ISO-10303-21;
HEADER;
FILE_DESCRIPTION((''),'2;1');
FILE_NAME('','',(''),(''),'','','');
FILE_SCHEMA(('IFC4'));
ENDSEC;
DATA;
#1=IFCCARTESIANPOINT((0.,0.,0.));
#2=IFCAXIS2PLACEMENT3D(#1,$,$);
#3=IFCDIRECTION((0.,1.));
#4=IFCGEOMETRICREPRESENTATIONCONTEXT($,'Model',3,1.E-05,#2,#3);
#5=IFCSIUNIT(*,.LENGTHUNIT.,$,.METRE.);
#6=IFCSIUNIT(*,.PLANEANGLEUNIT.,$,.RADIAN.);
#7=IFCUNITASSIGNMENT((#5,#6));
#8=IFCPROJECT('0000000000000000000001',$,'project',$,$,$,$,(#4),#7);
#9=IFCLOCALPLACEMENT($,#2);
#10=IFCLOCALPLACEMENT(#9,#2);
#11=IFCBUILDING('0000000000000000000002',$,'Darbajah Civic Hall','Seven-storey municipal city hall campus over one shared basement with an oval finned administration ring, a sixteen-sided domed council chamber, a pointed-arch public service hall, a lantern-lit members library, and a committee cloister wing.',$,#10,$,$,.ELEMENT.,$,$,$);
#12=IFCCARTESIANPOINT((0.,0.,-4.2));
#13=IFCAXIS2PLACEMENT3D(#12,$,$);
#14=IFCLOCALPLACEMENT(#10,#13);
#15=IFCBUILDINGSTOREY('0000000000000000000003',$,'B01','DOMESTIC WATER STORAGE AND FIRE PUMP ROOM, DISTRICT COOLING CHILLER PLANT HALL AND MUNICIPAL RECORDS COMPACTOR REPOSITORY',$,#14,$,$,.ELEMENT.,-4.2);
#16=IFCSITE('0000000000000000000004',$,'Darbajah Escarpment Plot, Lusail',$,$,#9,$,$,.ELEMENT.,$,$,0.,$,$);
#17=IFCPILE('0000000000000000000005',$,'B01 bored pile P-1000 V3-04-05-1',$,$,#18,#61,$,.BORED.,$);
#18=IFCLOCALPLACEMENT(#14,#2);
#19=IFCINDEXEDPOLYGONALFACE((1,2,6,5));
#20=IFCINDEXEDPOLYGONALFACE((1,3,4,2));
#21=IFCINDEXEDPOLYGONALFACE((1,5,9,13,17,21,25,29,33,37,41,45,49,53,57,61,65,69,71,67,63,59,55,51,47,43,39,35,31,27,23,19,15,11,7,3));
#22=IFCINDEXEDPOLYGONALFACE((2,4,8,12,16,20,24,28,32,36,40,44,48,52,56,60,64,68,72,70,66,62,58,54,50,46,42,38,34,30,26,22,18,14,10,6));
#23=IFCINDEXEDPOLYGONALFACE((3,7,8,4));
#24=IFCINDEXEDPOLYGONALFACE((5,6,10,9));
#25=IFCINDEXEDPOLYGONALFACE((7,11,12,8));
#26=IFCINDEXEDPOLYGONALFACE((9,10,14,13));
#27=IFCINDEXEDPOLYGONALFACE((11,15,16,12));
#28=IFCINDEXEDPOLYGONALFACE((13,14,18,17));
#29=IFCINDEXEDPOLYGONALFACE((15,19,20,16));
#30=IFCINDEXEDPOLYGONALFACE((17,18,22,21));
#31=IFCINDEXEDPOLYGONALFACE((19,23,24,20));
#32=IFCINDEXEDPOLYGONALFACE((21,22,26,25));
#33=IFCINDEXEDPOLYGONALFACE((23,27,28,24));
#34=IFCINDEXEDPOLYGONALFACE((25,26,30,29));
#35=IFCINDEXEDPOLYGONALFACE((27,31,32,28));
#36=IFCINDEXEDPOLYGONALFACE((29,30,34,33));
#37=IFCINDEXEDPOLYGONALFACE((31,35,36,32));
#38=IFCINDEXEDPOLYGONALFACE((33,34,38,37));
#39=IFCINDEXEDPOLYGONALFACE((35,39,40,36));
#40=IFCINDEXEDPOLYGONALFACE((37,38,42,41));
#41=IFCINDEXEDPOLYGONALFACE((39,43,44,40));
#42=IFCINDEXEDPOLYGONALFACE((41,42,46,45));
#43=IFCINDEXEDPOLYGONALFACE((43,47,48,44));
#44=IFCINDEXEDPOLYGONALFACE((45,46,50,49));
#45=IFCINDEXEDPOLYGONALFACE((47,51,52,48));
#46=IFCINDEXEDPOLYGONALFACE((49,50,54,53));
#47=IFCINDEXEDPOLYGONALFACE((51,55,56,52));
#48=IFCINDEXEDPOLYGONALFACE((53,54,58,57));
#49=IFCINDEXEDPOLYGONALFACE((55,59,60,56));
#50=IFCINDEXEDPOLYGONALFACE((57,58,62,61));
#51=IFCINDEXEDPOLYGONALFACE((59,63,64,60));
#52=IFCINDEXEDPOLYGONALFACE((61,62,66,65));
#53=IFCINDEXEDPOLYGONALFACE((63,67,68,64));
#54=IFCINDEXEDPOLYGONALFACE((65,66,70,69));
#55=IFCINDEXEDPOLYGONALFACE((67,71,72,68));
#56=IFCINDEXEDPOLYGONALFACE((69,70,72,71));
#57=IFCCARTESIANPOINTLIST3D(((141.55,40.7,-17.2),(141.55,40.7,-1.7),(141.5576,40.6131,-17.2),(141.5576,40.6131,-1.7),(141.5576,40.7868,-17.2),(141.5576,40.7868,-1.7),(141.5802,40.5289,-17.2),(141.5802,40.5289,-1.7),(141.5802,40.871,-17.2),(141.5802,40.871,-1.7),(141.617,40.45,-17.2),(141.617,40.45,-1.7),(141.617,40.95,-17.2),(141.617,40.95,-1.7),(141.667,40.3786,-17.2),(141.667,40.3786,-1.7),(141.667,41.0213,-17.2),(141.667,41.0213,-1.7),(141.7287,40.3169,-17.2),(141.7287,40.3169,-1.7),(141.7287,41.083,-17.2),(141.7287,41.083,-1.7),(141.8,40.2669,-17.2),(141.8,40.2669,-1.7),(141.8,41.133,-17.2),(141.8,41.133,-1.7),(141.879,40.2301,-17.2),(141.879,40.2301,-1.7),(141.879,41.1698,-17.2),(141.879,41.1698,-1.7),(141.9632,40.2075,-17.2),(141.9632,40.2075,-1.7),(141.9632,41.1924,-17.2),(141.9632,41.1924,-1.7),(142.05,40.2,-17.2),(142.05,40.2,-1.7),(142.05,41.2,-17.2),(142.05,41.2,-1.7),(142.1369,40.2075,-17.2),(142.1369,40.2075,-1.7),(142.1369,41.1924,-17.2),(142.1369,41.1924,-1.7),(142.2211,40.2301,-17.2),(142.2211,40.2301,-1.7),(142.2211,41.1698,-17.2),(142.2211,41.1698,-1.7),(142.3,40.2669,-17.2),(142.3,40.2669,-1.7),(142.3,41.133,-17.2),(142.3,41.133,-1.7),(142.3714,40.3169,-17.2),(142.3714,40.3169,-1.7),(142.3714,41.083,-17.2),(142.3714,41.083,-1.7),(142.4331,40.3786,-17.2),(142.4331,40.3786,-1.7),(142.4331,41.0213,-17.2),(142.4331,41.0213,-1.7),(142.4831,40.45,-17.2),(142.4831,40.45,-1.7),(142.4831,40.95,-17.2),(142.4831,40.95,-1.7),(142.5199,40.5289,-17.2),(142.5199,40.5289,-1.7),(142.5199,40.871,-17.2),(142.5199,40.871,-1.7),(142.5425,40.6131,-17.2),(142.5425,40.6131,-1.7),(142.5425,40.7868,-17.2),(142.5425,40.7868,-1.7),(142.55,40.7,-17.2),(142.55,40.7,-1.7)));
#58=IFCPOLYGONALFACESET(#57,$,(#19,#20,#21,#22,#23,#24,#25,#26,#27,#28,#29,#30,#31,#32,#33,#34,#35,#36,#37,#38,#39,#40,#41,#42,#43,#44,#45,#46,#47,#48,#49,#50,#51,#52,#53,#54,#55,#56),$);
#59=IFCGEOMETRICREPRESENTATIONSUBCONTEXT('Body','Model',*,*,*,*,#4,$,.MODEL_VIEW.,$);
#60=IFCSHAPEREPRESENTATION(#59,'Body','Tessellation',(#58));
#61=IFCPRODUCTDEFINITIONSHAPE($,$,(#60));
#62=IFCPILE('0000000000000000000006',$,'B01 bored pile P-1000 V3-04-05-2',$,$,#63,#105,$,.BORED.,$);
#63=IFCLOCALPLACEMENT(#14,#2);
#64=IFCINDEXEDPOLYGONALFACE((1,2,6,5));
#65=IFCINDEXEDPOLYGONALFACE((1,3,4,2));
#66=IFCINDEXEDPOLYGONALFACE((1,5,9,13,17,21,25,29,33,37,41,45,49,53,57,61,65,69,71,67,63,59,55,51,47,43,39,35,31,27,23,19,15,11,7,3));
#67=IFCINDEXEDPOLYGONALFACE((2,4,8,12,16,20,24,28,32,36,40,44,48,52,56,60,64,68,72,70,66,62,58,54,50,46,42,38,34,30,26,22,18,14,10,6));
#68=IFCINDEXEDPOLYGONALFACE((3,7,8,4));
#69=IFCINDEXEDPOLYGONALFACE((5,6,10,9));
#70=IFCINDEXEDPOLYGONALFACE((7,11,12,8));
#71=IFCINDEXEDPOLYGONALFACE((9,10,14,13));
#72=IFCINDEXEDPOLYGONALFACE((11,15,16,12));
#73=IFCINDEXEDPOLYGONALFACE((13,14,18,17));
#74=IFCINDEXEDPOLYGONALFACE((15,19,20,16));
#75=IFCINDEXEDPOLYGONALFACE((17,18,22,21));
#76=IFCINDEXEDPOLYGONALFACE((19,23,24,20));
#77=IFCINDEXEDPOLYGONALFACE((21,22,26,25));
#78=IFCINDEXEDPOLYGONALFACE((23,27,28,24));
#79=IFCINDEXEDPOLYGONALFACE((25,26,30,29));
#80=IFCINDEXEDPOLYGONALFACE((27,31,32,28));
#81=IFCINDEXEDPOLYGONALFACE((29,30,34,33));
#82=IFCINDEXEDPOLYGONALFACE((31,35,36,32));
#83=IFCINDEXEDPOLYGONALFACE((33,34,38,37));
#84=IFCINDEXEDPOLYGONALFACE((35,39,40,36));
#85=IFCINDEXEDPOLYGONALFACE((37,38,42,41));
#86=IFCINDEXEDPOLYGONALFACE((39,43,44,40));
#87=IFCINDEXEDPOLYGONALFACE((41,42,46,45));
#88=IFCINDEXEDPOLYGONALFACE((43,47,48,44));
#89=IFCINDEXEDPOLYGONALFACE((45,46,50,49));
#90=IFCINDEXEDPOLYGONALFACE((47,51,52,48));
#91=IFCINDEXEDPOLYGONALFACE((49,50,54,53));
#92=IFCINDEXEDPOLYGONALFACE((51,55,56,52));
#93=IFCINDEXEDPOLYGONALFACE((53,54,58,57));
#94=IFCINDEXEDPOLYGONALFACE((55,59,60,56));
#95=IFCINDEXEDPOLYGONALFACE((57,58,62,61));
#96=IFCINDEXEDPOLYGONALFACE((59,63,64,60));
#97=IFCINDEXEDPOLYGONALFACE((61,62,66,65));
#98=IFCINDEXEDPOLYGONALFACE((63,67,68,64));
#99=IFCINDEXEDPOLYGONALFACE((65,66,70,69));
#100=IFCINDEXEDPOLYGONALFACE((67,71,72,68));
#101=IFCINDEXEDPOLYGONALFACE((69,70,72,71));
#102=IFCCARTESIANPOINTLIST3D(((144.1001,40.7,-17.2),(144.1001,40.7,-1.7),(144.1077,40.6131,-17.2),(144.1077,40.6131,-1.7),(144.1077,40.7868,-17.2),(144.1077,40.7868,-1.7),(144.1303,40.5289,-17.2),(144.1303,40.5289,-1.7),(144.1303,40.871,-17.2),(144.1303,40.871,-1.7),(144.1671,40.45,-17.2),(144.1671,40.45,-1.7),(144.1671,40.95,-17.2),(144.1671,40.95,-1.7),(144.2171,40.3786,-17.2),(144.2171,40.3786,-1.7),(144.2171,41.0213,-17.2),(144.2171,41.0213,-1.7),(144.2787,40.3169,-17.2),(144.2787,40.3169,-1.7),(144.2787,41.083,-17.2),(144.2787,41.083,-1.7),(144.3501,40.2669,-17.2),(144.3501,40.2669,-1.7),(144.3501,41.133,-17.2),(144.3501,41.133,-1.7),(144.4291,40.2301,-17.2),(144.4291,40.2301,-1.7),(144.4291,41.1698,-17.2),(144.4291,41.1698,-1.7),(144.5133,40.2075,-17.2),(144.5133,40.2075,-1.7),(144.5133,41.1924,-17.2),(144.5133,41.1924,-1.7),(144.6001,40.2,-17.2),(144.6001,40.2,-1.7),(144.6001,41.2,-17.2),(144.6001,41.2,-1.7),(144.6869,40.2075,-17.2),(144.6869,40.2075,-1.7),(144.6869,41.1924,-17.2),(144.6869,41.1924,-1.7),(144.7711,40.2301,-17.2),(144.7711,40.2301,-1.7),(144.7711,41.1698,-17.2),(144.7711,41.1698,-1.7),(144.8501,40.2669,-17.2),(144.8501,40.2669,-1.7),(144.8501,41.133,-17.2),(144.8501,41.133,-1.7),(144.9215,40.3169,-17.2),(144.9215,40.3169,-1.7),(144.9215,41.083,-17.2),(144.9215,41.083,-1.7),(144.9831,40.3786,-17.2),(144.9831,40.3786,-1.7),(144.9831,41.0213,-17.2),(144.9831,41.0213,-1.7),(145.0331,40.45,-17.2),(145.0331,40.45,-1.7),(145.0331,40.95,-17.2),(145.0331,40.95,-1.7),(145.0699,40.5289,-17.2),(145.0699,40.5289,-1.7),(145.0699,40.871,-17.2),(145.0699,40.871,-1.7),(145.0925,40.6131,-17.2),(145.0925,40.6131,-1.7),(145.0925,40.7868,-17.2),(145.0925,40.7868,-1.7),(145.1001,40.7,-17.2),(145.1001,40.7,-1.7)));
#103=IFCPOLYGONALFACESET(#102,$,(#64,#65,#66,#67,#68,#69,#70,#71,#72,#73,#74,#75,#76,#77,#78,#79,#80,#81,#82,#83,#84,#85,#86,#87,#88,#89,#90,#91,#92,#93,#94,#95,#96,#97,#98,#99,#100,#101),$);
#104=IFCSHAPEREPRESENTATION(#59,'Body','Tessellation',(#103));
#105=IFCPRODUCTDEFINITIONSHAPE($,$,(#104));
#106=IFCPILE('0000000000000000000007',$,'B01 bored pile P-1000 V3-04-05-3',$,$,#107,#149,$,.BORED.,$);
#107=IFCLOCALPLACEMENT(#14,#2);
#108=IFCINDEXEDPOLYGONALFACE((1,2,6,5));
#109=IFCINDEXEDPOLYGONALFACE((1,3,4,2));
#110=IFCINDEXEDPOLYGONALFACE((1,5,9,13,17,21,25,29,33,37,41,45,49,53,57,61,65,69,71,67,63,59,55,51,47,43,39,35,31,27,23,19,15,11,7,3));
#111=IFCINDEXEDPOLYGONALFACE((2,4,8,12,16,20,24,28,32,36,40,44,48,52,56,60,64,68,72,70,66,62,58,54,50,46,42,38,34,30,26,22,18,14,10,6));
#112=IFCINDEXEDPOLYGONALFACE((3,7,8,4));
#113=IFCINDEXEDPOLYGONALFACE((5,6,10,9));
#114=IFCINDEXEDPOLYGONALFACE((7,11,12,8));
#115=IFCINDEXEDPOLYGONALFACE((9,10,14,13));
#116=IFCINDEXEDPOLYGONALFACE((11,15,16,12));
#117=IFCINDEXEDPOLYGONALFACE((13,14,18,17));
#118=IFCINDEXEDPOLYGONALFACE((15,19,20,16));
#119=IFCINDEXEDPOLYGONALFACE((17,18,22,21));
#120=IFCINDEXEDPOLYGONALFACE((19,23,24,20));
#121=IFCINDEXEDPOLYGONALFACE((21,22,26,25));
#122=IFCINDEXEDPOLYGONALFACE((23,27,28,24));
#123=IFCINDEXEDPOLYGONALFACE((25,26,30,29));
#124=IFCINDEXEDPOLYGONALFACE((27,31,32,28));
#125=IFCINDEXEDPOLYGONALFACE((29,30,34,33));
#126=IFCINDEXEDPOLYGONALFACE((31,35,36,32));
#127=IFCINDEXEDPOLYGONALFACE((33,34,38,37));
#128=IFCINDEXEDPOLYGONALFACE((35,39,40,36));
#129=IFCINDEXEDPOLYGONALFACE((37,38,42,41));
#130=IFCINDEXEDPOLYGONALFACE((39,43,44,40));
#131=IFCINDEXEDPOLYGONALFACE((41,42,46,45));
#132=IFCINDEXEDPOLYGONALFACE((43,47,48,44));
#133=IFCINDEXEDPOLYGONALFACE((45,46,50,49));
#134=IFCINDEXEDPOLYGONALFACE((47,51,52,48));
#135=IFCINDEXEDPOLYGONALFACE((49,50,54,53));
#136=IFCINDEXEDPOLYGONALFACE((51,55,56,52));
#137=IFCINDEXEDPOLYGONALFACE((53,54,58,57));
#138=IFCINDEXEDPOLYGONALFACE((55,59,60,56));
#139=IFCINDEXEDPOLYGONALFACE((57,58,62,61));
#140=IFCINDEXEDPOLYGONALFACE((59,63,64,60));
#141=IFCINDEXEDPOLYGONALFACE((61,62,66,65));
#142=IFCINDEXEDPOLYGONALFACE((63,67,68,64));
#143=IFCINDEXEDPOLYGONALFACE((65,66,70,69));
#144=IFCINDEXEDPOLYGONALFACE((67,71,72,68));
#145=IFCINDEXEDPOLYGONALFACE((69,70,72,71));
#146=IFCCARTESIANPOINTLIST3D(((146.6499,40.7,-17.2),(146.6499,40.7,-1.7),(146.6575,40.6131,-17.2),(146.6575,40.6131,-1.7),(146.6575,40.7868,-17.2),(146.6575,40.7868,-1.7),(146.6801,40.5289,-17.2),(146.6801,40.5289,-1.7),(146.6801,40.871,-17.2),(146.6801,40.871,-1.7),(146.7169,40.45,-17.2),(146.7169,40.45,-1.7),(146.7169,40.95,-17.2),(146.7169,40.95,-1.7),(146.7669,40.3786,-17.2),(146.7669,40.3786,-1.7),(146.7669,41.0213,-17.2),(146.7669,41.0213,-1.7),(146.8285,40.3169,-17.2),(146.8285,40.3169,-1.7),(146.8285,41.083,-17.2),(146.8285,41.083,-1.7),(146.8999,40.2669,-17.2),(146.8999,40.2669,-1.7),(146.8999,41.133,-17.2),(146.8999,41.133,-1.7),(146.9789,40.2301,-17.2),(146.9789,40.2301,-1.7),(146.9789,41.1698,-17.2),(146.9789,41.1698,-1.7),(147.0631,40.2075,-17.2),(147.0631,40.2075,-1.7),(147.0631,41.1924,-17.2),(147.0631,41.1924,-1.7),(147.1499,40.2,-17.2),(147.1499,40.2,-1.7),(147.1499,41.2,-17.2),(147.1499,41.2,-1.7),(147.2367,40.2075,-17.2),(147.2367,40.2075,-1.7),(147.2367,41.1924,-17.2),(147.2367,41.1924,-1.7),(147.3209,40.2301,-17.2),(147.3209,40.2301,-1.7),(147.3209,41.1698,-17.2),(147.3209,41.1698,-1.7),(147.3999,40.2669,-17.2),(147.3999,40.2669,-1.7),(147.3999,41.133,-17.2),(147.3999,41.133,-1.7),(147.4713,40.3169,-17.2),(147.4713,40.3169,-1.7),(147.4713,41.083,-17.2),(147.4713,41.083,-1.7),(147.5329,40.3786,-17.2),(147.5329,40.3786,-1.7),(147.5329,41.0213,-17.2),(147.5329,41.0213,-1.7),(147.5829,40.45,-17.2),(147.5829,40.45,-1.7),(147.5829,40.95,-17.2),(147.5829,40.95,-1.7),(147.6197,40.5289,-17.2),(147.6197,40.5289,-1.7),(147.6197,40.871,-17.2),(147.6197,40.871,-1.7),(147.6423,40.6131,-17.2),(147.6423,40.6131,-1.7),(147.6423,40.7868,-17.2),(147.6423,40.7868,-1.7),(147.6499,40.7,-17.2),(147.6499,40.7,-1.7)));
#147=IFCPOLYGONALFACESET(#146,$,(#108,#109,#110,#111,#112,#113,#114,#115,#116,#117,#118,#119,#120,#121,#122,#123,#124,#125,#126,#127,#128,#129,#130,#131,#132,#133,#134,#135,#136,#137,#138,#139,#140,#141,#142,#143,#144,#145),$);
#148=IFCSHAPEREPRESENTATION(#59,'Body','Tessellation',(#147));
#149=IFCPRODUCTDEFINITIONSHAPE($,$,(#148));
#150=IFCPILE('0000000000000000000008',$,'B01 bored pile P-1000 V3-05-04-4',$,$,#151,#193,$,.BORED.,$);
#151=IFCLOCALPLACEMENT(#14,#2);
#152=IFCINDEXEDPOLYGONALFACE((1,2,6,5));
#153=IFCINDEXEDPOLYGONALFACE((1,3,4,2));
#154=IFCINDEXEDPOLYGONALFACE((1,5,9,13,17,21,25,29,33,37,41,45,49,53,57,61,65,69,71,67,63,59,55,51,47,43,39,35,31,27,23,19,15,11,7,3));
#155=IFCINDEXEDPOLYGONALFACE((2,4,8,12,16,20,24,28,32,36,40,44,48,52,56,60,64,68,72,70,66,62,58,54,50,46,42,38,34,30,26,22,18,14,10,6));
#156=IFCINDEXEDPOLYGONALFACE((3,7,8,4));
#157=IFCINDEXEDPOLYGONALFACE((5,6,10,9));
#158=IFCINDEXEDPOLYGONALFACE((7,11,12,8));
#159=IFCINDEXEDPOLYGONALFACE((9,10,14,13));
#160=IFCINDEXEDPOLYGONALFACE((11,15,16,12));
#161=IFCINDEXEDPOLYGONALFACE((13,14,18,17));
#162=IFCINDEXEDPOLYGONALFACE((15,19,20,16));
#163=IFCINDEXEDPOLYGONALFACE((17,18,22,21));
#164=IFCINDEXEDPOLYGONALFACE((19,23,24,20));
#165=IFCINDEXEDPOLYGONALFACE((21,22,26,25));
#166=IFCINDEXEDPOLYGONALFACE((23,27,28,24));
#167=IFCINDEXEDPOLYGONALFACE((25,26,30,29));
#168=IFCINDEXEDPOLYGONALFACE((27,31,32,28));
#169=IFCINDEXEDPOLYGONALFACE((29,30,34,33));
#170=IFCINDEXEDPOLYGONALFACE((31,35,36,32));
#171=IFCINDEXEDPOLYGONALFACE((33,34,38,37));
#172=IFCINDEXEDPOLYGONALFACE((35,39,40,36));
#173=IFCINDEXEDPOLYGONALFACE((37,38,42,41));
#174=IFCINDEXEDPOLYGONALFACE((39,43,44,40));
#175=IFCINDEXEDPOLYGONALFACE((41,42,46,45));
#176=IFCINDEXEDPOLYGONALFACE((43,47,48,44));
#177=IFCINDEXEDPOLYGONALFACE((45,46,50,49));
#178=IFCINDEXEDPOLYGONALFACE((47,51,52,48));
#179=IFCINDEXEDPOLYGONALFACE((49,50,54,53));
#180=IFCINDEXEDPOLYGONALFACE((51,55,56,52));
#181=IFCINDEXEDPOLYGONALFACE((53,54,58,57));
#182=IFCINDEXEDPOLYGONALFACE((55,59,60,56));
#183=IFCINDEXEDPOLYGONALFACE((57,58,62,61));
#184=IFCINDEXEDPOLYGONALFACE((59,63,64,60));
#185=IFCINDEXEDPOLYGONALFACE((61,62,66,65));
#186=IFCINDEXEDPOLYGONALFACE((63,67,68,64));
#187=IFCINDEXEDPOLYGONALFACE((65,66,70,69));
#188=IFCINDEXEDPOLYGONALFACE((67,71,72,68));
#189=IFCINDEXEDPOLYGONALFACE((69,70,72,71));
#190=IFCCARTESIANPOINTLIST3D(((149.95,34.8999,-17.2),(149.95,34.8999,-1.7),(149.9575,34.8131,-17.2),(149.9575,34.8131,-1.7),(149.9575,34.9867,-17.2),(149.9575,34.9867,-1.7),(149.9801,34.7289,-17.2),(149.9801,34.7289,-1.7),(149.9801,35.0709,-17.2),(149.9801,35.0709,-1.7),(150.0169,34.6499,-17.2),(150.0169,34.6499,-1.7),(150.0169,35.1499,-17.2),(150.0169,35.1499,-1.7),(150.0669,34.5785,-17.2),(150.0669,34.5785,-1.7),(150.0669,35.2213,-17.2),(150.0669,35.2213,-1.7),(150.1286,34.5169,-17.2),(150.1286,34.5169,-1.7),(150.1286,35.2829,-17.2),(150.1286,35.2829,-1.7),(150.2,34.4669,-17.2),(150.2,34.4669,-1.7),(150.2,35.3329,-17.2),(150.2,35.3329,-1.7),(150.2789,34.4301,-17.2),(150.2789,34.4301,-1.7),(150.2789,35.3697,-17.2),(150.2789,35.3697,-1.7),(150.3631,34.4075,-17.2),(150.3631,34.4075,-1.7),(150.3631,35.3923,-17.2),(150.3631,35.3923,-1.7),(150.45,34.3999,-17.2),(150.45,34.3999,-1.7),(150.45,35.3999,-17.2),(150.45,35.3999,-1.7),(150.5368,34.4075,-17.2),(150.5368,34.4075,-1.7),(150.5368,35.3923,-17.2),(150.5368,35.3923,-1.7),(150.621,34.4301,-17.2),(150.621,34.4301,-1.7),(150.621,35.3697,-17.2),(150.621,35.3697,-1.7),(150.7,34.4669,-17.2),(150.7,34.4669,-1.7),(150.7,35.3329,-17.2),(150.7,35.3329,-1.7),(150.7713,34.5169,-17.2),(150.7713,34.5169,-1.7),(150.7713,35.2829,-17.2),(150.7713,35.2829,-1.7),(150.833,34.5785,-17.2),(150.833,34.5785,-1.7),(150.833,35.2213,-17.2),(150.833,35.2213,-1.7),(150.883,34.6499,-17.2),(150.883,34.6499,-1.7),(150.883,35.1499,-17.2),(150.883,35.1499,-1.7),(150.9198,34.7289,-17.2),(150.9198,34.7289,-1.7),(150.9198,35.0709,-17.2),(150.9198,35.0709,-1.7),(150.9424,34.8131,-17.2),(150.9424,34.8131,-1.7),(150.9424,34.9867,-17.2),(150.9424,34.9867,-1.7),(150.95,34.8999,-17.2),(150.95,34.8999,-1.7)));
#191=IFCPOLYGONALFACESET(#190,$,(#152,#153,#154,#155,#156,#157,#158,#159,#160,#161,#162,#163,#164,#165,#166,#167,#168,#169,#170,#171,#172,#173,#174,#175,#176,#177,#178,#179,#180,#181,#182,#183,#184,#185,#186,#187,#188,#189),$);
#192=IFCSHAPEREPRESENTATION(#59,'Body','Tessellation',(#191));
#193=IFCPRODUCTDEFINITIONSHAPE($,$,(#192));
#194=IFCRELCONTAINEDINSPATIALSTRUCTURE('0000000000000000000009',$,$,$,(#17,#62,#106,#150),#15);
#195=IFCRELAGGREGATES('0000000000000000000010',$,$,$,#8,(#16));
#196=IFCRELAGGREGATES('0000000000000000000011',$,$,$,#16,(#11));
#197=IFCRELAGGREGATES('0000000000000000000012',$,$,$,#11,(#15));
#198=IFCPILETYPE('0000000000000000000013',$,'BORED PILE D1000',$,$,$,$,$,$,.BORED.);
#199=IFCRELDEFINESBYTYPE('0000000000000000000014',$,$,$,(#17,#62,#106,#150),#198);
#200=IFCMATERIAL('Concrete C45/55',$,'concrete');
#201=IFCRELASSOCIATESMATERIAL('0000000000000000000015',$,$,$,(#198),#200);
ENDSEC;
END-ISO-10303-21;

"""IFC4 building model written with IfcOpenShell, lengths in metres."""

from ifc_helpers import new_model, si_unit, direction, frame, origin, origin_2d, place, context, subcontext, project, spatial, circle, extrude, material, material_profile, profile_set, type_object, element, save


model = new_model("IFC4")

# Units and contexts
model_context = context("Model", 3, precision=1e-05, world=origin(), true_north=direction((0.0, 1.0)))
body_context = subcontext(model_context, "Body", "Model", "MODEL_VIEW")
ifc_project = project(units=[si_unit("LENGTHUNIT", "METRE"), si_unit("PLANEANGLEUNIT", "RADIAN")], contexts=[model_context])

# Site, building, storey
site_placement = place(None, origin())
site = spatial("IfcSite", under=ifc_project, at=site_placement, Name="Darbajah Escarpment Plot, Lusail", CompositionType="ELEMENT", RefElevation=0.0)
building_placement = place(site_placement, origin())
building = spatial("IfcBuilding", under=site, at=building_placement, Name="Darbajah Civic Hall", Description="Seven-storey municipal city hall campus over one shared basement with an oval finned administration ring, a sixteen-sided domed council chamber, a pointed-arch public service hall, a lantern-lit members library, and a committee cloister wing.", CompositionType="ELEMENT")
storey_placement = place(building_placement, frame((0.0, 0.0, -4.2)))
storey = spatial("IfcBuildingStorey", under=building, at=storey_placement, Name="B01", Description="DOMESTIC WATER STORAGE AND FIRE PUMP ROOM, DISTRICT COOLING CHILLER PLANT HALL AND MUNICIPAL RECORDS COMPACTOR REPOSITORY", CompositionType="ELEMENT", Elevation=-4.2)

# Piles
ifc_material_1 = material(Name="Concrete C45/55", Category="concrete")
ifc_material_profile_1 = material_profile(ifc_material_1, circle(Radius=0.5, at=origin_2d()), Name="BORED PILE D1000")
ifc_profile_set_1 = profile_set([ifc_material_profile_1], Name="Concrete C45/55")
pile_type_1 = type_object("IfcPileType", Name="BORED PILE D1000", PredefinedType="BORED", material=ifc_profile_set_1)
for number, where, z_axis, x_axis, name in (
    (1, (142.05, 40.7, -1.7), (0.0, 0.0, -1.0), (1.0, 0.0, 0.0), "B01 bored pile P-1000 V3-04-05-1"),
    (2, (144.6001, 40.7, -1.7), (0.0, 0.0, -1.0), (1.0, 0.0, 0.0), "B01 bored pile P-1000 V3-04-05-2"),
    (3, (147.1499, 40.7, -1.7), (0.0, 0.0, -1.0), (1.0, 0.0, 0.0), "B01 bored pile P-1000 V3-04-05-3"),
    (4, (150.45, 34.8999, -1.7), (0.0, 0.0, -1.0), (1.0, 0.0, 0.0), "B01 bored pile P-1000 V3-05-04-4"),
):
    element("IfcPile", number, at=place(storey_placement, frame(where, z_axis=z_axis, x_axis=x_axis)), inside=storey, type_object=pile_type_1, Name=name, PredefinedType="BORED", context=body_context, shape_type="SweptSolid", body=[
        extrude(circle(Radius=0.5, at=origin_2d()), origin(), (0.0, 0.0, 1.0), 15.5),
    ])

save(model, "model.ifc")
